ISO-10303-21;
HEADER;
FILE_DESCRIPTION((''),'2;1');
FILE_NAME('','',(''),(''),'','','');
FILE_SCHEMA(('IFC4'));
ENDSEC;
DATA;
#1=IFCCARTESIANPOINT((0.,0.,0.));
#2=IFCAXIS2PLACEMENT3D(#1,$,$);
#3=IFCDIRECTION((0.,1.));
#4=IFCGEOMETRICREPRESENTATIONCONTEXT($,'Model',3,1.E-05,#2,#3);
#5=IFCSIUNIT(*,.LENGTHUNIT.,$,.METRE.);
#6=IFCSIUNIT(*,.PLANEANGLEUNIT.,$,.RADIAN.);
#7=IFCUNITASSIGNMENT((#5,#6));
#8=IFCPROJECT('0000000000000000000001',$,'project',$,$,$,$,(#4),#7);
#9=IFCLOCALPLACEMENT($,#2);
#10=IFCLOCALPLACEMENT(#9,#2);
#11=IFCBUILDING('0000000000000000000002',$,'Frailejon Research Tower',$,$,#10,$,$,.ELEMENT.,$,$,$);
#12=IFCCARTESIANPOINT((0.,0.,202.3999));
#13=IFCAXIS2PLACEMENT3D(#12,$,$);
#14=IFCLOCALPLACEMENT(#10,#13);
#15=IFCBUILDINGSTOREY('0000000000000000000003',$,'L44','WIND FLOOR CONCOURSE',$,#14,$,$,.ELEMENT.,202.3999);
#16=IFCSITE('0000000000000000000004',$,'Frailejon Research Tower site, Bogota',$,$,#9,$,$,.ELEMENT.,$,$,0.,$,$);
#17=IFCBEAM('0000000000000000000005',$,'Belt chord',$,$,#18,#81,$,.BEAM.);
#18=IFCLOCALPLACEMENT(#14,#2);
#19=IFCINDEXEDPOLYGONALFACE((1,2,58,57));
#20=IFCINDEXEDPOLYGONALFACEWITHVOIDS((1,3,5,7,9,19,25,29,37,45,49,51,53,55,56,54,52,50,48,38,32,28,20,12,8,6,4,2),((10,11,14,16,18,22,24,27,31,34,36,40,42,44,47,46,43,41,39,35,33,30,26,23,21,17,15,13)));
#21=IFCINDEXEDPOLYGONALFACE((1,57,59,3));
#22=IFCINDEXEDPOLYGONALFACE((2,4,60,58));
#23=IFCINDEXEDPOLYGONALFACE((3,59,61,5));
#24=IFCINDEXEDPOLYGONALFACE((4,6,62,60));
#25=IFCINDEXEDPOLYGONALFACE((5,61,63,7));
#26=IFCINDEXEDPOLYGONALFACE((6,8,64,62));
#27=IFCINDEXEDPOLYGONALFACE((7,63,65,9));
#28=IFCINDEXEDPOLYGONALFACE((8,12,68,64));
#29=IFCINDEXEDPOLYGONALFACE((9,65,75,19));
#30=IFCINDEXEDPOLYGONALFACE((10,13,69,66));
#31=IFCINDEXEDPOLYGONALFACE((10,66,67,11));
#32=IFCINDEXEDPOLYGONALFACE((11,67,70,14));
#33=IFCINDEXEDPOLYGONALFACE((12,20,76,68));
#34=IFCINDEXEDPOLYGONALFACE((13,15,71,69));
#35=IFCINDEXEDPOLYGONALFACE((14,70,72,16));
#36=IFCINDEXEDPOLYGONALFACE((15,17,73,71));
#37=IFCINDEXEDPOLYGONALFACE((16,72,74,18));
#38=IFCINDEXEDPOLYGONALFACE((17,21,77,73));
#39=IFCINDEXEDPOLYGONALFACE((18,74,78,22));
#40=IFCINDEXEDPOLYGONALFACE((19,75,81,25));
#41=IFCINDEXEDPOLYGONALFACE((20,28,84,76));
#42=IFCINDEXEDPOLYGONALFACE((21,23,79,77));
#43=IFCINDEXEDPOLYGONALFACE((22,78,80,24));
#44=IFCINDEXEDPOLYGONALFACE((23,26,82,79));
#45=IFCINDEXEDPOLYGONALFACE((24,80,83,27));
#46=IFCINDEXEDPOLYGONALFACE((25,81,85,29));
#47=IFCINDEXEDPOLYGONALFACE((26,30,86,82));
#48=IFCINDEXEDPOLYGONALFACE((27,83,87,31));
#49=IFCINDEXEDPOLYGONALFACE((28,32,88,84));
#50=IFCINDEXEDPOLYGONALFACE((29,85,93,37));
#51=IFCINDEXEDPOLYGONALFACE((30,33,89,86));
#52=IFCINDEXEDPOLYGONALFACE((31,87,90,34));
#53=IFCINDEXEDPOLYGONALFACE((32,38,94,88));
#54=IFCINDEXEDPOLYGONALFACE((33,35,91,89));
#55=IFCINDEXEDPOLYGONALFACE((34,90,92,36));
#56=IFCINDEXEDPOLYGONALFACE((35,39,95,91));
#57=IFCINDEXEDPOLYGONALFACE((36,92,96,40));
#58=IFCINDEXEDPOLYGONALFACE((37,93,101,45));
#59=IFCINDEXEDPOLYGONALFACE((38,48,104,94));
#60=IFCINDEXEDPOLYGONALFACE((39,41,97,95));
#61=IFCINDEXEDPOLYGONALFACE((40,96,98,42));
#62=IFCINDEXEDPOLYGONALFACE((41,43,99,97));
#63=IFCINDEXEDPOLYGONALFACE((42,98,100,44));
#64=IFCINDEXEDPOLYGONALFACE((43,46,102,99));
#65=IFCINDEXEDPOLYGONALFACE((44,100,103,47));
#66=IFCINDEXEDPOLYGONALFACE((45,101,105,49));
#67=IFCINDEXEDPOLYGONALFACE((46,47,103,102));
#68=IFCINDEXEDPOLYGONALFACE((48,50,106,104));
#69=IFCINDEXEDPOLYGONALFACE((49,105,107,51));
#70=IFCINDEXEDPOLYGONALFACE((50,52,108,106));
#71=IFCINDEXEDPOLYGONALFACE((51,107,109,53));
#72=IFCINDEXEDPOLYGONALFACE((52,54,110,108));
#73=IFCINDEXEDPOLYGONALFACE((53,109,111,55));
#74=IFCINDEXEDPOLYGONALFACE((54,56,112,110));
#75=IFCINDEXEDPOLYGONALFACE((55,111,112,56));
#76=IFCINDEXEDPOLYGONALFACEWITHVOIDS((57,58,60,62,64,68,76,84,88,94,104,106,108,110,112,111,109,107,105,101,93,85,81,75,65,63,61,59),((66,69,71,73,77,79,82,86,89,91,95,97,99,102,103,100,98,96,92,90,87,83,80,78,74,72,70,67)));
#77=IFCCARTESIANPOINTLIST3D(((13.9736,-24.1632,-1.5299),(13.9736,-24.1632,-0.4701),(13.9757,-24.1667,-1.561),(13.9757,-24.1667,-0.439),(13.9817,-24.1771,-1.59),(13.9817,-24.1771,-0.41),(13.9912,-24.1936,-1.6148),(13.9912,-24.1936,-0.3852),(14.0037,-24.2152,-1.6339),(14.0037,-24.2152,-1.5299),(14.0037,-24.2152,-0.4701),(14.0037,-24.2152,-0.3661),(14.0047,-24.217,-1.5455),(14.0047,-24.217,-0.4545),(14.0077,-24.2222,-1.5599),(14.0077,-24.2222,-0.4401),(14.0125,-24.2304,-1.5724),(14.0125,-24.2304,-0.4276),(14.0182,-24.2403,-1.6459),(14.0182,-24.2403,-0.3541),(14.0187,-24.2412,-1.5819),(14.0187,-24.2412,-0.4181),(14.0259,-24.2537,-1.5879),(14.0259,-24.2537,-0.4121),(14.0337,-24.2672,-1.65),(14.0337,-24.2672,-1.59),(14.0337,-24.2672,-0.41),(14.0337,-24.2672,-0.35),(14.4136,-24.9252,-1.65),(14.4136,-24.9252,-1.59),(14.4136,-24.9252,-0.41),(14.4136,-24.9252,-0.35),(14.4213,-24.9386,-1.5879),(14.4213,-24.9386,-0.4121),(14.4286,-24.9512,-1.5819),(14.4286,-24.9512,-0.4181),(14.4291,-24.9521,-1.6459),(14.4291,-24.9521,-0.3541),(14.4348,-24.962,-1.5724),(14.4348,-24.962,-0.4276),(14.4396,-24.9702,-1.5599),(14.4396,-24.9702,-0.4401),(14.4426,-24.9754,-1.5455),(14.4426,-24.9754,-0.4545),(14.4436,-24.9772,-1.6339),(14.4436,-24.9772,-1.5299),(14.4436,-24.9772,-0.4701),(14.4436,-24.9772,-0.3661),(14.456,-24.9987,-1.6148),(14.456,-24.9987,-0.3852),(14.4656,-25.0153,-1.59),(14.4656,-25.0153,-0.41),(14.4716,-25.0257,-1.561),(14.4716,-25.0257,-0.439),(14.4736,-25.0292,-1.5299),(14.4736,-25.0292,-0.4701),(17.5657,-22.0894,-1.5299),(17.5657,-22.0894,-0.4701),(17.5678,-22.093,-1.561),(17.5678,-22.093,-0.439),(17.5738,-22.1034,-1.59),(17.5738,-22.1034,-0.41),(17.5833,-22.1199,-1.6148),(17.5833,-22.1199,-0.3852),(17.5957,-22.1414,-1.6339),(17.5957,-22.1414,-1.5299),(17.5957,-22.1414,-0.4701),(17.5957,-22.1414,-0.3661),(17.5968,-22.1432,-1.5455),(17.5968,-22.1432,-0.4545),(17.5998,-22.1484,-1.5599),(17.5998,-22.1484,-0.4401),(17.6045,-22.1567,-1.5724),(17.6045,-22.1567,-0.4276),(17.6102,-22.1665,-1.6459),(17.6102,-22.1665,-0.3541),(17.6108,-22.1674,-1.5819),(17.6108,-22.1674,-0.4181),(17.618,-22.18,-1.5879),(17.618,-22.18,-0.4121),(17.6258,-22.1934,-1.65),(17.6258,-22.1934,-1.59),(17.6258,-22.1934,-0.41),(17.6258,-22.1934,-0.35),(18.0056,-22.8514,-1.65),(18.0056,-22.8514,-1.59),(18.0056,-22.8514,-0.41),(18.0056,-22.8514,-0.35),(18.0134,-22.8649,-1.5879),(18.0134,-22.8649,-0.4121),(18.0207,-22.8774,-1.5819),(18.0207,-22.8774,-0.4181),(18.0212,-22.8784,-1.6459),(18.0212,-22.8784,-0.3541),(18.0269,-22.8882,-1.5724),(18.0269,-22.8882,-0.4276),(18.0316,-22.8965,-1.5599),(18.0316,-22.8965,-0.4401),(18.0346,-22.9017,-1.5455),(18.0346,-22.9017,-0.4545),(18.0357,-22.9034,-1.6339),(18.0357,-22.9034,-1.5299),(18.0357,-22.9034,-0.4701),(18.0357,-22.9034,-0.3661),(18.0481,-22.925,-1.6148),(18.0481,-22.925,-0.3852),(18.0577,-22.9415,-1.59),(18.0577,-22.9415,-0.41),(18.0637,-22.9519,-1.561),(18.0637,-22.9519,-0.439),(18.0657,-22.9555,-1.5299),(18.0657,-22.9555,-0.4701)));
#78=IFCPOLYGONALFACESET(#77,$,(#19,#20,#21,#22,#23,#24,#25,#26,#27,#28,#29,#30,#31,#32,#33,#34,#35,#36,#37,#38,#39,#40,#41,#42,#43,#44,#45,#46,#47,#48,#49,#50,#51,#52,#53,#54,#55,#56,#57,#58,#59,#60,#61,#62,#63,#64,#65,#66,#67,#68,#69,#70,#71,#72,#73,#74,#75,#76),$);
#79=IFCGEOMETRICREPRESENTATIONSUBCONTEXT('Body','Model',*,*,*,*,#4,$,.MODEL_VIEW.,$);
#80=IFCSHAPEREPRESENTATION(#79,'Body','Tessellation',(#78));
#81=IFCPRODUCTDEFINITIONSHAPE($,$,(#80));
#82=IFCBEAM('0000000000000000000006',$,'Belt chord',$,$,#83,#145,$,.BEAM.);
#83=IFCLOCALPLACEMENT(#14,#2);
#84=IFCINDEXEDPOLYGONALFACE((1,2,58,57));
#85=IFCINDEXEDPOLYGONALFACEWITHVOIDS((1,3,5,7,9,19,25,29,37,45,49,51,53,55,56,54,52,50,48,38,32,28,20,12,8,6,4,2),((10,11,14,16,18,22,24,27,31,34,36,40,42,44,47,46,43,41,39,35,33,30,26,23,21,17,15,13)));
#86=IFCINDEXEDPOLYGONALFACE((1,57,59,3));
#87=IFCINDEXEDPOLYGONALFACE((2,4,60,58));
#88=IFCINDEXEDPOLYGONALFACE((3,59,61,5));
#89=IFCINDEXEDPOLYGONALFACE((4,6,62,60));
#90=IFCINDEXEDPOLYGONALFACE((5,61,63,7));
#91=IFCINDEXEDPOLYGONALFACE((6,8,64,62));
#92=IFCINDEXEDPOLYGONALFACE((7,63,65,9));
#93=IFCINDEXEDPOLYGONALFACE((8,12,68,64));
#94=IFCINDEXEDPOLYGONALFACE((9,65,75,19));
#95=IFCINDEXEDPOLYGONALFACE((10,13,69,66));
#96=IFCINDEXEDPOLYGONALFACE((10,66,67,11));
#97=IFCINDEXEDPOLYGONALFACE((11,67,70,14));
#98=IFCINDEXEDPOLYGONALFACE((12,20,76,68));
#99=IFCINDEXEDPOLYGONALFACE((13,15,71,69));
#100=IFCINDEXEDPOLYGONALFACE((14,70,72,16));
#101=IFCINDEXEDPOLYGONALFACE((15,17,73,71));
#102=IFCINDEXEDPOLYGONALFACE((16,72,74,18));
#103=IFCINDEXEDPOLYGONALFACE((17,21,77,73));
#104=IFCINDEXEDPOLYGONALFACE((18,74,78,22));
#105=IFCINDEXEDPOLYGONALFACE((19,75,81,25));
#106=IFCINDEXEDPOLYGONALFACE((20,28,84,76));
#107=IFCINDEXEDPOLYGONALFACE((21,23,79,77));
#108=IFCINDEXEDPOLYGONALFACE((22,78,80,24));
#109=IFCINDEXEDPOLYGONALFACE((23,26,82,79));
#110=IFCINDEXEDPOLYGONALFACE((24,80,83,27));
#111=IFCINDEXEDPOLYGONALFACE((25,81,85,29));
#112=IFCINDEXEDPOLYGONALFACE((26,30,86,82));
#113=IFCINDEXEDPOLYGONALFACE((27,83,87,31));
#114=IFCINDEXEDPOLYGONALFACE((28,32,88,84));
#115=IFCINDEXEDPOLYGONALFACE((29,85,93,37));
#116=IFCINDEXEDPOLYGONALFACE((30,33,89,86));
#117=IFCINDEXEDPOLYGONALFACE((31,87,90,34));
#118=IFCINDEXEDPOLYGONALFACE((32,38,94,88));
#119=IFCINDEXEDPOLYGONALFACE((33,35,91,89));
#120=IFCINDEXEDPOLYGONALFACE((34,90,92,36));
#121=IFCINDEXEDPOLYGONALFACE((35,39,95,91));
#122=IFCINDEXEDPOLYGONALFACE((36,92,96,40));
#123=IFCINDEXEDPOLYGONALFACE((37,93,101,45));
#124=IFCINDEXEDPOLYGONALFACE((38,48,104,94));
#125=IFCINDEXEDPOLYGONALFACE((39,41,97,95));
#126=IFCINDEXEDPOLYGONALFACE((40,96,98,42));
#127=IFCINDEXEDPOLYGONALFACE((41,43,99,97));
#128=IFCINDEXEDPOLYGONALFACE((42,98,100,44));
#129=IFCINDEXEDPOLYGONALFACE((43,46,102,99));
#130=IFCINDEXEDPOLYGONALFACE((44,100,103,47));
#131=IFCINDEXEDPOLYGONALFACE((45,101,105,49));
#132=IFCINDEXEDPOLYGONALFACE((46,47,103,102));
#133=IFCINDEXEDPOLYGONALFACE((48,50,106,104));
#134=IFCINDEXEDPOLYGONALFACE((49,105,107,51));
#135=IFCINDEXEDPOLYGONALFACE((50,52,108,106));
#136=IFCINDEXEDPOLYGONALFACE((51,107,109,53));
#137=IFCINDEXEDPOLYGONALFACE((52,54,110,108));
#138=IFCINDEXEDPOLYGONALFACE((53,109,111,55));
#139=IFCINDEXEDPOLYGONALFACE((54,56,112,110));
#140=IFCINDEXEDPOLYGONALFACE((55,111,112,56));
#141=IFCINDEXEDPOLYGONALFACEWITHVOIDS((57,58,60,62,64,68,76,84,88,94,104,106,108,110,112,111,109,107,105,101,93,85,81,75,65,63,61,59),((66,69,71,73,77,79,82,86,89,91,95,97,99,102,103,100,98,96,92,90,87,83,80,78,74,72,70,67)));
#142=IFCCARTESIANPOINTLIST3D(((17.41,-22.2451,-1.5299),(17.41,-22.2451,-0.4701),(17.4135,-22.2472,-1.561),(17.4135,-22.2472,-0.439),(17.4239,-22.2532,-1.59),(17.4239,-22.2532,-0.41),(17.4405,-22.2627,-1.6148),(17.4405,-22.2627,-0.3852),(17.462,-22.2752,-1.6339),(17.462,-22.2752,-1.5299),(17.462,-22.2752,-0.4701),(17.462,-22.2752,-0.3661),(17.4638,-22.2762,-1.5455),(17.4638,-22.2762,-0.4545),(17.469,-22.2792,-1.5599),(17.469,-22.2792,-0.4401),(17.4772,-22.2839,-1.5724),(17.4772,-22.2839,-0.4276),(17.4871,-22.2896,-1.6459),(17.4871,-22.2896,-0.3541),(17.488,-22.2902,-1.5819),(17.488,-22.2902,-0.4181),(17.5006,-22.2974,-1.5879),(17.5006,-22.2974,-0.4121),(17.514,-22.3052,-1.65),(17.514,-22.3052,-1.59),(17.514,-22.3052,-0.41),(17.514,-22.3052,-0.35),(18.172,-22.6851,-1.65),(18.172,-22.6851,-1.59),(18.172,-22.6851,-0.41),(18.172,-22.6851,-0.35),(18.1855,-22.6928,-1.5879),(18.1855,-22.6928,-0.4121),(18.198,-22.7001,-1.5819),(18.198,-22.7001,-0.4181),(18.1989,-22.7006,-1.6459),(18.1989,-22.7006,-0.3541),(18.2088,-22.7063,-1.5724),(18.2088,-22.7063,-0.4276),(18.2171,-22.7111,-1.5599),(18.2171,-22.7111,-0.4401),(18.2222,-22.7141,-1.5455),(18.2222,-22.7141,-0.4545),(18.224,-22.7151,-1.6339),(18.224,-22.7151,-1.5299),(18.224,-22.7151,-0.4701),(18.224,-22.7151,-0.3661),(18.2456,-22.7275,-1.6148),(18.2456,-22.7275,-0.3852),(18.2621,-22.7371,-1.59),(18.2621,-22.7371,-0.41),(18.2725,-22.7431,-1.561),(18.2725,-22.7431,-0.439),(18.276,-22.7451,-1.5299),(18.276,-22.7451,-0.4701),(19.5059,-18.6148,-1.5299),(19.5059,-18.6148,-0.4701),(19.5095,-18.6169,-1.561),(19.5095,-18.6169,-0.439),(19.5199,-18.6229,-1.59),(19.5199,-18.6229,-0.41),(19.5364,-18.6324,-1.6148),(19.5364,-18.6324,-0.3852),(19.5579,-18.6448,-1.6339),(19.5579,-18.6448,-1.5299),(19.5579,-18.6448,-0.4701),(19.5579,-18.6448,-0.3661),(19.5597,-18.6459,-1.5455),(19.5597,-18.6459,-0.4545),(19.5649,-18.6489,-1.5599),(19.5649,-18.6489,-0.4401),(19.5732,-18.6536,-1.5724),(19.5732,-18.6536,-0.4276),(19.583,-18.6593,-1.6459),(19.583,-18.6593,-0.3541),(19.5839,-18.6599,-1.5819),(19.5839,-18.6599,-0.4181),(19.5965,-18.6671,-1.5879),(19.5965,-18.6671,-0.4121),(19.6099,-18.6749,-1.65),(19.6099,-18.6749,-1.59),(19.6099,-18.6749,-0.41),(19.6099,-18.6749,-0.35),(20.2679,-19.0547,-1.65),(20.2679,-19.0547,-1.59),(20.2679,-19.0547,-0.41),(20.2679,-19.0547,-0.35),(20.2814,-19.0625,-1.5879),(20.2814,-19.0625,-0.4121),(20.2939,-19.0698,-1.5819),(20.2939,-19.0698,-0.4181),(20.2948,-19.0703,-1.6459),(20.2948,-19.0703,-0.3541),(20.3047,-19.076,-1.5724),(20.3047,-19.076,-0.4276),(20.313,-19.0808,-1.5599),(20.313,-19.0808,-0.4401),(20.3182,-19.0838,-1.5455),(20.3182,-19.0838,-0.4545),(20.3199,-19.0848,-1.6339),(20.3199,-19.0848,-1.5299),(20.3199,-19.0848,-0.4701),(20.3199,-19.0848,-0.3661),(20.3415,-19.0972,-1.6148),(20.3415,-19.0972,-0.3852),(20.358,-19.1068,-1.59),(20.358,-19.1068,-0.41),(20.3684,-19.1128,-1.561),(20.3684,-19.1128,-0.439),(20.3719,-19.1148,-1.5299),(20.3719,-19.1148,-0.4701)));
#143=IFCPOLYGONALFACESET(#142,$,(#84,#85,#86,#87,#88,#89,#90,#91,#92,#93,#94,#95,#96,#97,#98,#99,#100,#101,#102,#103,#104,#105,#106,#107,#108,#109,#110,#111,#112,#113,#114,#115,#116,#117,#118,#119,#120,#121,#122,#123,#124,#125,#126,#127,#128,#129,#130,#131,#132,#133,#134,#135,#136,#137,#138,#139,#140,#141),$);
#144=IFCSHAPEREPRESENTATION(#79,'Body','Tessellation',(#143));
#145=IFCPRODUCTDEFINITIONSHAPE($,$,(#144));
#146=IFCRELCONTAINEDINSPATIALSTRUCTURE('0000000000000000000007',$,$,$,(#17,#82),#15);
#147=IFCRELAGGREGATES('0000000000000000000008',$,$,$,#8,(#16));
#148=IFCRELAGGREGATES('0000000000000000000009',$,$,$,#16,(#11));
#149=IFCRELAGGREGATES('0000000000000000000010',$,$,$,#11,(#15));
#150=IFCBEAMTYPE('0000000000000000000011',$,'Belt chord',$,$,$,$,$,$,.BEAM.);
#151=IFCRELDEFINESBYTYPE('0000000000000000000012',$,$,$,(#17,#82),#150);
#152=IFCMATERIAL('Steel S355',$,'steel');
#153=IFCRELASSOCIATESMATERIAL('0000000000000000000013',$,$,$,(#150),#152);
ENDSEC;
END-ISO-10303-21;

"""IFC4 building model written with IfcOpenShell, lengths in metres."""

from ifc_helpers import new_model, si_unit, direction, frame, origin, origin_2d, place, context, subcontext, project, spatial, hollow_rectangle, extrude, material, material_profile, profile_set, type_object, element, save


model = new_model("IFC4")

# Units and contexts
model_context = context("Model", 3, precision=1e-05, world=origin(), true_north=direction((0.0, 1.0)))
body_context = subcontext(model_context, "Body", "Model", "MODEL_VIEW")
ifc_project = project(units=[si_unit("LENGTHUNIT", "METRE"), si_unit("PLANEANGLEUNIT", "RADIAN")], contexts=[model_context])

# Site, building, storey
site_placement = place(None, origin())
site = spatial("IfcSite", under=ifc_project, at=site_placement, Name="Frailejon Research Tower site, Bogota", CompositionType="ELEMENT", RefElevation=0.0)
building_placement = place(site_placement, origin())
building = spatial("IfcBuilding", under=site, at=building_placement, Name="Frailejon Research Tower", CompositionType="ELEMENT")
storey_placement = place(building_placement, frame((0.0, 0.0, 202.3999)))
storey = spatial("IfcBuildingStorey", under=building, at=storey_placement, Name="L44", Description="WIND FLOOR CONCOURSE", CompositionType="ELEMENT", Elevation=202.3999)

# Beams
ifc_material_1 = material(Name="Steel S355", Category="steel")
ifc_material_profile_1 = material_profile(ifc_material_1, hollow_rectangle(XDim=1.0, YDim=1.3, WallThickness=0.0601, InnerFilletRadius=0.0601, OuterFilletRadius=0.1201, at=origin_2d()), Name="Belt chord")
ifc_profile_set_1 = profile_set([ifc_material_profile_1], Name="Steel S355")
beam_type_1 = type_object("IfcBeamType", Name="Belt chord", PredefinedType="BEAM", material=ifc_profile_set_1)
beam_1_placement = place(storey_placement, frame((14.2236, -24.5962, -1.0), z_axis=(0.86604, 0.499976, 0.0), x_axis=(-0.499976, 0.86604, 0.0)))
element("IfcBeam", 1, at=beam_1_placement, inside=storey, type_object=beam_type_1, Name="Belt chord", PredefinedType="BEAM", context=body_context, shape_type="SweptSolid", body=[
    extrude(hollow_rectangle(XDim=1.0, YDim=1.3, WallThickness=0.0601, InnerFilletRadius=0.0601, OuterFilletRadius=0.1201, at=origin_2d()), origin(), (0.0, 0.0, 1.0), 4.1477),
])
for number, where, z_axis, x_axis, name in (
    (2, (17.843, -22.4951, -1.0), (0.499991, 0.86603, 0.0), (-0.86603, 0.499991, 0.0), "Belt chord"),
):
    element("IfcBeam", number, at=place(storey_placement, frame(where, z_axis=z_axis, x_axis=x_axis)), inside=storey, type_object=beam_type_1, Name=name, PredefinedType="BEAM", context=body_context, shape_type="SweptSolid", body=[
        extrude(hollow_rectangle(XDim=1.0, YDim=1.3, WallThickness=0.0601, InnerFilletRadius=0.0601, OuterFilletRadius=0.1201, at=origin_2d()), origin(), (0.0, 0.0, 1.0), 4.1919),
    ])

save(model, "model.ifc")
